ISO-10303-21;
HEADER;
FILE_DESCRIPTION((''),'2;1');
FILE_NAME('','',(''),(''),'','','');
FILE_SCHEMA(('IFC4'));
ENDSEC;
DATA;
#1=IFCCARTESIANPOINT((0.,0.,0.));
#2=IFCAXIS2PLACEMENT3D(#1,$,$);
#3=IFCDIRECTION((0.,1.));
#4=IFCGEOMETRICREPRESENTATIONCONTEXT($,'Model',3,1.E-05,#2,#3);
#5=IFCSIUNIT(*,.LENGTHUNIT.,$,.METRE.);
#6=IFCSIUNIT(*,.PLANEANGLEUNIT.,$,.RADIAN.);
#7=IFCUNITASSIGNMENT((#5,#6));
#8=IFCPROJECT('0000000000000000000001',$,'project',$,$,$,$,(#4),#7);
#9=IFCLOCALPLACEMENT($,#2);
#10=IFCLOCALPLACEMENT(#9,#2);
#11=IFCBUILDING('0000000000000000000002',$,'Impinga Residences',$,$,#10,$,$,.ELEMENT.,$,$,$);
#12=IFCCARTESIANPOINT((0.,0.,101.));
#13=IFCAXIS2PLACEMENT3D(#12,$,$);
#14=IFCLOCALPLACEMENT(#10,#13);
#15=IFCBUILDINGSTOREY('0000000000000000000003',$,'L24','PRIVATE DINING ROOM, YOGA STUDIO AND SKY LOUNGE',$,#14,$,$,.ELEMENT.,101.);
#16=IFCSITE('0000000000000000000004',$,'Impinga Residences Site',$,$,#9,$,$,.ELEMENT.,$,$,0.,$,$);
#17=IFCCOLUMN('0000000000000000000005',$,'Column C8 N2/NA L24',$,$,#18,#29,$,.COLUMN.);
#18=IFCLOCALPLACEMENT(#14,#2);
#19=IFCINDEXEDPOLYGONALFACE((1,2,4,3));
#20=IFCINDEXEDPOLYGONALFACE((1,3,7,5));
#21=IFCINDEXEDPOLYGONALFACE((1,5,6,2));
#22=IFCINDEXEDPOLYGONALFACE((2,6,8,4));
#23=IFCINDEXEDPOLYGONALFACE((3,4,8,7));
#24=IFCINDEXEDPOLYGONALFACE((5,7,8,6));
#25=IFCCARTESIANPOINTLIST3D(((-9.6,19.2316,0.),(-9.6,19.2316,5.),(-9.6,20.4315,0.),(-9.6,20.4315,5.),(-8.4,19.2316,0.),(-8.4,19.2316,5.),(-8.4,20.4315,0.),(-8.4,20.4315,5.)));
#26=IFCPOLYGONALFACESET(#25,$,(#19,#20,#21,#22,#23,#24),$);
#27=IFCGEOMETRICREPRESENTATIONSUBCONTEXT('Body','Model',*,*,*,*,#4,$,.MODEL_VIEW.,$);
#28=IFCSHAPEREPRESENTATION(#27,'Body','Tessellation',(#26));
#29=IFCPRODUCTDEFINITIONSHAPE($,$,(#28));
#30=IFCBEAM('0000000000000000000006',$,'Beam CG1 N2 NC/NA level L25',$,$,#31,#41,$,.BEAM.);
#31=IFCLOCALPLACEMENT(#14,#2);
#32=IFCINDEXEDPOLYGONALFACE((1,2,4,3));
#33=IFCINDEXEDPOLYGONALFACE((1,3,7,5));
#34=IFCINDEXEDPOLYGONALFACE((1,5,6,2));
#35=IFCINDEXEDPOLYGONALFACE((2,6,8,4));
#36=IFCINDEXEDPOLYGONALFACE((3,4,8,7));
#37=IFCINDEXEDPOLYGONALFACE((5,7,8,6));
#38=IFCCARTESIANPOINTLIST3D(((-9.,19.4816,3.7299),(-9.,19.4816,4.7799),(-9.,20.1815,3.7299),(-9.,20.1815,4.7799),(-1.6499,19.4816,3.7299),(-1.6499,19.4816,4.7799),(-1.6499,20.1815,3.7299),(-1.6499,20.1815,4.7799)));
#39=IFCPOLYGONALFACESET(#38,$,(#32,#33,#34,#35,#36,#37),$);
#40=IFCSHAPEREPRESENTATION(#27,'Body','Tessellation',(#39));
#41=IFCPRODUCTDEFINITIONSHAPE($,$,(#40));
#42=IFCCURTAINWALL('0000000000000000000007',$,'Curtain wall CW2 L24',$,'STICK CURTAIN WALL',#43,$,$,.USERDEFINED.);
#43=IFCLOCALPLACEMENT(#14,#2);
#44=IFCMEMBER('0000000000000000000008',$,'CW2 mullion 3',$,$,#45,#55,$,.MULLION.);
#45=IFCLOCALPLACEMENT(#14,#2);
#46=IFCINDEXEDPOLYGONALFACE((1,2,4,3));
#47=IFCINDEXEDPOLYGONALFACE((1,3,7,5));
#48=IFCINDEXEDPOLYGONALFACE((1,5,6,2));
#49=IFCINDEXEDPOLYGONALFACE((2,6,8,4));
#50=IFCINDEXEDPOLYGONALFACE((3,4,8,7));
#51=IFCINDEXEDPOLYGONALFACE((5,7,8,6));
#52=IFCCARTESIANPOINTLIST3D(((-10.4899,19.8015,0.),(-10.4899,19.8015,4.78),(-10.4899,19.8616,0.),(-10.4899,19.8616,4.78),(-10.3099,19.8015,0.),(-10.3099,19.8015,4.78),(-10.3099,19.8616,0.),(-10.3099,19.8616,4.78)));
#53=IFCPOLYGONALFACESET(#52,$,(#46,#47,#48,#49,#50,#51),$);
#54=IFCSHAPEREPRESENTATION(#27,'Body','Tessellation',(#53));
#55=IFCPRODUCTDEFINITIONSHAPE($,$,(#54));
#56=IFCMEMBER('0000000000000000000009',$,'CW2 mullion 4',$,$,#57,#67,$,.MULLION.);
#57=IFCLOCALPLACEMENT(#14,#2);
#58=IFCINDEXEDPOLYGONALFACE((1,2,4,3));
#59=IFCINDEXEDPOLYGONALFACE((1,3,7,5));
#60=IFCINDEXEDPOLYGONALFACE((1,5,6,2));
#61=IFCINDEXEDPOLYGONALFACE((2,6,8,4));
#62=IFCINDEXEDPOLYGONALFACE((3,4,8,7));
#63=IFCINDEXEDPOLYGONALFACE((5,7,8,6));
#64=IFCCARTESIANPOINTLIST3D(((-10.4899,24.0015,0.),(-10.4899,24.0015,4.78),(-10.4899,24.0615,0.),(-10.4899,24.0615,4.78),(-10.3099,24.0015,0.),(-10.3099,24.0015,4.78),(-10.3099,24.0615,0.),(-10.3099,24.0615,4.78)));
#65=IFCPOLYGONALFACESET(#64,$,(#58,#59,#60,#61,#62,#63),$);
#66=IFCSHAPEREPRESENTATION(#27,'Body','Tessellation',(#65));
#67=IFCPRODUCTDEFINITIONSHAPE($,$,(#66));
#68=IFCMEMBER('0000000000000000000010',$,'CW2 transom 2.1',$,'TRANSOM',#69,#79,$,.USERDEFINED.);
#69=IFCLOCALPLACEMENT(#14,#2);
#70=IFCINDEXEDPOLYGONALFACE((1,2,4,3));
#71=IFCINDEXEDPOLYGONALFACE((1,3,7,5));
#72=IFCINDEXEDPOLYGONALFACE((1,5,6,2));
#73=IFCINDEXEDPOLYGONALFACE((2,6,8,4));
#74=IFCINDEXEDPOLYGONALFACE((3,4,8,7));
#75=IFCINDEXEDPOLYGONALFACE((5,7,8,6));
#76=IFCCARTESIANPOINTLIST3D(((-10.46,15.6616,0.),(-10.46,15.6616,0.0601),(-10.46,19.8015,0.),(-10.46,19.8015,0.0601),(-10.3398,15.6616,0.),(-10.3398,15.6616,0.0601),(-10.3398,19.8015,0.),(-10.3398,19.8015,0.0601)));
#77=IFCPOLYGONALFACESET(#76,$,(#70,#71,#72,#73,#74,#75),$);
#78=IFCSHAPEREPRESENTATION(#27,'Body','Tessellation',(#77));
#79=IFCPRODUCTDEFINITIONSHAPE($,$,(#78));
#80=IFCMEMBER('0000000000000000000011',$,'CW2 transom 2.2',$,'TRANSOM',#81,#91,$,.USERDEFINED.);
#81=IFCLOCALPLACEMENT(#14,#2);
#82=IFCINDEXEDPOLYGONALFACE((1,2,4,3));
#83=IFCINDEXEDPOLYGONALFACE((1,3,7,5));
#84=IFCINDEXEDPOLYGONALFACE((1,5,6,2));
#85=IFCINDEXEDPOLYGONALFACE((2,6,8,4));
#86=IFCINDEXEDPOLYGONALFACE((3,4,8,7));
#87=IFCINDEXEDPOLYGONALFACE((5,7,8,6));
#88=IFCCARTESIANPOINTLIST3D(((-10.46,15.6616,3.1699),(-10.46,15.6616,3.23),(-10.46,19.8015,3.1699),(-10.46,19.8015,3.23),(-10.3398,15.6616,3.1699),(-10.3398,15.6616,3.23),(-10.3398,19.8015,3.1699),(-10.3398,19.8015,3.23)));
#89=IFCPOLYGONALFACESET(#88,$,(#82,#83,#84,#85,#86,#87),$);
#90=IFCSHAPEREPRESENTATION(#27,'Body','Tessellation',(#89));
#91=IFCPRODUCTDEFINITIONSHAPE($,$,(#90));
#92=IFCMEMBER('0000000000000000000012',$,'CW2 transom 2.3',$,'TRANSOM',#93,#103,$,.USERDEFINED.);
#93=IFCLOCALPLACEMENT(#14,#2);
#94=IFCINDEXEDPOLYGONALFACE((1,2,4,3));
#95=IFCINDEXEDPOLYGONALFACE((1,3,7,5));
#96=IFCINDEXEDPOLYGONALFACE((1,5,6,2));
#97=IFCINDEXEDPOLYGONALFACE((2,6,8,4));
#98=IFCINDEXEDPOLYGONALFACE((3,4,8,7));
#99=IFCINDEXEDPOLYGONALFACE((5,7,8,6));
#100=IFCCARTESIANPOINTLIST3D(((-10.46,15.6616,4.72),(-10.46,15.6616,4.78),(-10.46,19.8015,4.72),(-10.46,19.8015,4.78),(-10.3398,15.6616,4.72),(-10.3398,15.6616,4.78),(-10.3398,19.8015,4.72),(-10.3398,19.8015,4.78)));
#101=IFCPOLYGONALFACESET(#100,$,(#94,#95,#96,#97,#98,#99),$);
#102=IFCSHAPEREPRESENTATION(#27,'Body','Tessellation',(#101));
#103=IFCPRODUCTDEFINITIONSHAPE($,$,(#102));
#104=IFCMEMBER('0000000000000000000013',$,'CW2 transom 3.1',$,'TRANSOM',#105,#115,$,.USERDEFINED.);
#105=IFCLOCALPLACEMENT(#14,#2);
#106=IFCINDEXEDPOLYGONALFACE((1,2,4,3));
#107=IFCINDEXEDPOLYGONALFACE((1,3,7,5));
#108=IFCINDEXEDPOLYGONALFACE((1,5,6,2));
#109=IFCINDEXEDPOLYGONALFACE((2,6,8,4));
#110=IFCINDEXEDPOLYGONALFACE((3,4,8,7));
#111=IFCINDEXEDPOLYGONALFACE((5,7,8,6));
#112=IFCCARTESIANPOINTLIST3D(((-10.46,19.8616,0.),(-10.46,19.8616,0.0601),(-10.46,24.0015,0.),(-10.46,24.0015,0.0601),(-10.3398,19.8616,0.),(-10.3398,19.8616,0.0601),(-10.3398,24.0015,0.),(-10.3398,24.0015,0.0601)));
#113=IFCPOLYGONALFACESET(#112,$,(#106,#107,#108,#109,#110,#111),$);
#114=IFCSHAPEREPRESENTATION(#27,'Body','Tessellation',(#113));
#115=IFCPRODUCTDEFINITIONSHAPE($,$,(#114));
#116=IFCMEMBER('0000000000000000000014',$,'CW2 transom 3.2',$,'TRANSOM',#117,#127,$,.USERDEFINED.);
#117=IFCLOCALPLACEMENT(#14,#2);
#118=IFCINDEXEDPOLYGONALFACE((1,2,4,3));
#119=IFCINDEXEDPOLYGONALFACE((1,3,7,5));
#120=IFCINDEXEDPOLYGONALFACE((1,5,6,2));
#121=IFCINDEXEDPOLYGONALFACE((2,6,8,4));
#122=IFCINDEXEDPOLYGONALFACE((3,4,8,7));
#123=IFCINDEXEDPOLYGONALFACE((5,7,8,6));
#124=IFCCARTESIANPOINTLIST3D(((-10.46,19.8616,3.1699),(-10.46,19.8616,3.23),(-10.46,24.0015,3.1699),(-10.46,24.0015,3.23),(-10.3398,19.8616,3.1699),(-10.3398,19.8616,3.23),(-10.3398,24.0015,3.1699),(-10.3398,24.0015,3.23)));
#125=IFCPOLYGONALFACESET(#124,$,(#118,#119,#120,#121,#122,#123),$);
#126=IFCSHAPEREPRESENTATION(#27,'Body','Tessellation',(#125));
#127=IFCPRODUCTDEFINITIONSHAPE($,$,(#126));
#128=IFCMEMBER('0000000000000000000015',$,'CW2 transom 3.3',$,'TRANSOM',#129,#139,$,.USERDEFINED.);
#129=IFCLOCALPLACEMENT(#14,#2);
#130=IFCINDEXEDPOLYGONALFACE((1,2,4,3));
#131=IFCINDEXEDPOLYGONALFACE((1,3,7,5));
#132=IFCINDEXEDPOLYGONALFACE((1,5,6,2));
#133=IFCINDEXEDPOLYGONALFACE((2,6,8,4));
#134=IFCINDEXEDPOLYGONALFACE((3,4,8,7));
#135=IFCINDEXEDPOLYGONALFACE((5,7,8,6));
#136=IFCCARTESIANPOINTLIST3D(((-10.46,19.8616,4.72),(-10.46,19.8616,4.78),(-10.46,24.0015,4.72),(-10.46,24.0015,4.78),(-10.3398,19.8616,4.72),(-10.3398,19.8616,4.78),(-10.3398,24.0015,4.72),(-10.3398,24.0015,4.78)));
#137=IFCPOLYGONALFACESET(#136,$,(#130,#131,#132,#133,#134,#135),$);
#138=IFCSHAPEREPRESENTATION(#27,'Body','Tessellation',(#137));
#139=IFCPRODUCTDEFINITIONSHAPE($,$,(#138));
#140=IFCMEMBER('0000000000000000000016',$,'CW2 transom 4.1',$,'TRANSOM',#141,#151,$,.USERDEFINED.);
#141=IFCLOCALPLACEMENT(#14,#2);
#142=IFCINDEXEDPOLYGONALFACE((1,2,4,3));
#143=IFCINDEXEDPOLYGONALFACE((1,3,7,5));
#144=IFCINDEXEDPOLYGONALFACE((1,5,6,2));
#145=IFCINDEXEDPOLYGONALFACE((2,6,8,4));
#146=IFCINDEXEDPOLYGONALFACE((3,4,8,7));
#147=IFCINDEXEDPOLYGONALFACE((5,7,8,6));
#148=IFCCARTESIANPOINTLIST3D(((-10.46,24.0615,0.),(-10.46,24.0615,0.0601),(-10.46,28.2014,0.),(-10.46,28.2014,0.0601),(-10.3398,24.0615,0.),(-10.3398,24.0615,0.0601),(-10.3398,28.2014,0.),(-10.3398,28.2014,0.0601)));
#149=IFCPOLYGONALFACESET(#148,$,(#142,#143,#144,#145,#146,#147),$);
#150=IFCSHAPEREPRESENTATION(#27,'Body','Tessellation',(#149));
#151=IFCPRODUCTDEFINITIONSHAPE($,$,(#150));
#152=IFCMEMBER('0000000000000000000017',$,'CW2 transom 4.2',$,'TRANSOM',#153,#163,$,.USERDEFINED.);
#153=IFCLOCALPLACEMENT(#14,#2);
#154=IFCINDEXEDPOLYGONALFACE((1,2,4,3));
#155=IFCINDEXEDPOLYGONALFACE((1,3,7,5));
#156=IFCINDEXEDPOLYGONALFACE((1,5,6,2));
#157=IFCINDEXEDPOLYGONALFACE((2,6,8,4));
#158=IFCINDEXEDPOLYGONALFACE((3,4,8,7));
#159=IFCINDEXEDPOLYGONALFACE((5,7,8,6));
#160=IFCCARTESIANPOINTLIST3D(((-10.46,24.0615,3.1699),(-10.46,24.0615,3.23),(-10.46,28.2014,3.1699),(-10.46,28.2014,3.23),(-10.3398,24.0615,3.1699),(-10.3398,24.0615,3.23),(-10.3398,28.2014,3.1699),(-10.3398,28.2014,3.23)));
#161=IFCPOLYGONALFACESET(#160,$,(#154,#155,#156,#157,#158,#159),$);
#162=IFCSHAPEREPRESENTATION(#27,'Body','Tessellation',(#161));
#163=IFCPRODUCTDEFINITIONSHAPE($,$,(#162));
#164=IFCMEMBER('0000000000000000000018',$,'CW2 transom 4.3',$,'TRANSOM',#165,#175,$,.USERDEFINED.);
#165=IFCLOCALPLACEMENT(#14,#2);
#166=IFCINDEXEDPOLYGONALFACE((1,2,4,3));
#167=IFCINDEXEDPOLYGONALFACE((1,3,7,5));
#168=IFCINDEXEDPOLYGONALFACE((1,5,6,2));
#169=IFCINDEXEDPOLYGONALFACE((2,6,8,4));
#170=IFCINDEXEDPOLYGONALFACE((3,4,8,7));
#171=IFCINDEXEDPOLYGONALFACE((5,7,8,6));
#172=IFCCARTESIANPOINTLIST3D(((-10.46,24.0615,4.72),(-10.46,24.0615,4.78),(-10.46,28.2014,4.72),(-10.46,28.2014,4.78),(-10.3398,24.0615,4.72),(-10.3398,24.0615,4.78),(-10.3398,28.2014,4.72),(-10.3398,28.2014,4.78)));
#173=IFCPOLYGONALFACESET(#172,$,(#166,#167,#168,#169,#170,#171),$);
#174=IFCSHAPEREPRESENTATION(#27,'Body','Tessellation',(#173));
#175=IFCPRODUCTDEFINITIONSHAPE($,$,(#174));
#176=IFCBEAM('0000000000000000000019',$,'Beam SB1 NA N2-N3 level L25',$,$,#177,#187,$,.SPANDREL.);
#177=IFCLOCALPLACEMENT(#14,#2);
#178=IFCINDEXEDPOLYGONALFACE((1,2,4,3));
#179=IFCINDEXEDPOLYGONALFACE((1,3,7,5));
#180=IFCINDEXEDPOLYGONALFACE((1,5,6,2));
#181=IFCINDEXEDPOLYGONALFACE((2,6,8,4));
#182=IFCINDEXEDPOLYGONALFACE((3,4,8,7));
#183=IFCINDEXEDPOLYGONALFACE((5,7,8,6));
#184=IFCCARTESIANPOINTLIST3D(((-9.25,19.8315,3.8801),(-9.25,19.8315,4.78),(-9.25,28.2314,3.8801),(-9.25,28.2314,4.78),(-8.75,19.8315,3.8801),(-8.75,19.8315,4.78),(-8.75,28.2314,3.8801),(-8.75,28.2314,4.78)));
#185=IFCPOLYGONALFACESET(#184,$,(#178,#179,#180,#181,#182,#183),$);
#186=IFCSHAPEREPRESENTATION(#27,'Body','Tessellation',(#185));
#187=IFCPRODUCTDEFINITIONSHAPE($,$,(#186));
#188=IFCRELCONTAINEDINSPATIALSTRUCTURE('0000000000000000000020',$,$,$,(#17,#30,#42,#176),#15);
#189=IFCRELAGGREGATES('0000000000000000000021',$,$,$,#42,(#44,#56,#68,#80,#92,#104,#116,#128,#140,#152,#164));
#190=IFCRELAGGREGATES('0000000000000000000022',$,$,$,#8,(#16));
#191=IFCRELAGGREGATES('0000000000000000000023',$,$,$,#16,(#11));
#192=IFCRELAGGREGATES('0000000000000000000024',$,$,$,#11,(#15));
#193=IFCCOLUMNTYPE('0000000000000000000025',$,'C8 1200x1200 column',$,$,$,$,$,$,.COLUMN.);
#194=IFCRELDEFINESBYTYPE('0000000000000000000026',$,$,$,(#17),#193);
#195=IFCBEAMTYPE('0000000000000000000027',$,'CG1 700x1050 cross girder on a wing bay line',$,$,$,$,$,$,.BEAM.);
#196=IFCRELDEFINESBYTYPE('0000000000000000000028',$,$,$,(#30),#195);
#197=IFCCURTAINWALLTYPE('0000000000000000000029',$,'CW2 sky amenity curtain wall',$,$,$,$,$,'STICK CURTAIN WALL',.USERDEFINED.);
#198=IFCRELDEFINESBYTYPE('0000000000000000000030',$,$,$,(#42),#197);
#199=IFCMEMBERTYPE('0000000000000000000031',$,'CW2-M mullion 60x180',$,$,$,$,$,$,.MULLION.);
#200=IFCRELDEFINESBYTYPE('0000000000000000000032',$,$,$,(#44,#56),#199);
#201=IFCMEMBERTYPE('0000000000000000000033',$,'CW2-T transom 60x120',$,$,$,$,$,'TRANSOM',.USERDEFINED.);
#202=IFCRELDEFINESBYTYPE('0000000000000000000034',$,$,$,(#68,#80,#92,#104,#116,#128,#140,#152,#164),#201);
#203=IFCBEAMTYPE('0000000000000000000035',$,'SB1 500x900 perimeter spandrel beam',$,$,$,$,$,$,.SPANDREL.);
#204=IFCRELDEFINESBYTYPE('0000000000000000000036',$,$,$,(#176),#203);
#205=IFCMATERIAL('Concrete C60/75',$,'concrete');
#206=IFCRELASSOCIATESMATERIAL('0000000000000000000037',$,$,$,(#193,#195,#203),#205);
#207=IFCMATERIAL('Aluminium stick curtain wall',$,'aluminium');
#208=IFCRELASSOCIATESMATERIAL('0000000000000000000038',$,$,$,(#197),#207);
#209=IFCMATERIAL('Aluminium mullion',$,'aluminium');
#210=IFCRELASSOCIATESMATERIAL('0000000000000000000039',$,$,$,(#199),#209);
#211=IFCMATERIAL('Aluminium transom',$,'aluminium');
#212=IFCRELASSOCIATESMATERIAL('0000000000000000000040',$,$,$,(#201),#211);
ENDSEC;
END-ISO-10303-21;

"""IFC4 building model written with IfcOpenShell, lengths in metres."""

from ifc_helpers import new_model, si_unit, direction, frame, origin, origin_2d, place, context, subcontext, project, spatial, rectangle, extrude, material, material_profile, profile_set, type_object, element, aggregate, save


model = new_model("IFC4")

# Units and contexts
model_context = context("Model", 3, precision=1e-05, world=origin(), true_north=direction((0.0, 1.0)))
body_context = subcontext(model_context, "Body", "Model", "MODEL_VIEW")
ifc_project = project(units=[si_unit("LENGTHUNIT", "METRE"), si_unit("PLANEANGLEUNIT", "RADIAN")], contexts=[model_context])

# Site, building, storey
site_placement = place(None, origin())
site = spatial("IfcSite", under=ifc_project, at=site_placement, Name="Impinga Residences Site", CompositionType="ELEMENT", RefElevation=0.0)
building_placement = place(site_placement, origin())
building = spatial("IfcBuilding", under=site, at=building_placement, Name="Impinga Residences", CompositionType="ELEMENT")
storey_placement = place(building_placement, frame((0.0, 0.0, 101.0)))
storey = spatial("IfcBuildingStorey", under=building, at=storey_placement, Name="L24", Description="PRIVATE DINING ROOM, YOGA STUDIO AND SKY LOUNGE", CompositionType="ELEMENT", Elevation=101.0)

# Column
ifc_material_1 = material(Name="Concrete C60/75", Category="concrete")
ifc_material_profile_1 = material_profile(ifc_material_1, rectangle(XDim=1.2, YDim=1.2, at=origin_2d()), Name="RC 1200x1200")
ifc_profile_set_1 = profile_set([ifc_material_profile_1], Name="Concrete C60/75")
column_type = type_object("IfcColumnType", Name="C8 1200x1200 column", PredefinedType="COLUMN", material=ifc_profile_set_1)
column_placement = place(storey_placement, frame((-9.0, 19.8315, 0.0), z_axis=(0.0, 0.0, 1.0), x_axis=(1.0, 0.0, 0.0)))
element("IfcColumn", 1, at=column_placement, inside=storey, type_object=column_type, Name="Column C8 N2/NA L24", PredefinedType="COLUMN", context=body_context, shape_type="SweptSolid", body=[
    extrude(rectangle(XDim=1.2, YDim=1.2, at=origin_2d()), origin(), (0.0, 0.0, 1.0), 5.0),
])

# Beam
ifc_material_profile_2 = material_profile(ifc_material_1, rectangle(XDim=0.7, YDim=1.05, at=origin_2d()), Name="RC 700x1050")
ifc_profile_set_2 = profile_set([ifc_material_profile_2], Name="Concrete C60/75")
beam_type_1 = type_object("IfcBeamType", Name="CG1 700x1050 cross girder on a wing bay line", PredefinedType="BEAM", material=ifc_profile_set_2)
beam_1_placement = place(storey_placement, frame((-1.6499, 19.8315, 4.2549), z_axis=(-1.0, 0.0, 0.0), x_axis=(0.0, -1.0, 0.0)))
element("IfcBeam", 2, at=beam_1_placement, inside=storey, type_object=beam_type_1, Name="Beam CG1 N2 NC/NA level L25", PredefinedType="BEAM", context=body_context, shape_type="SweptSolid", body=[
    extrude(rectangle(XDim=0.7, YDim=1.05, at=origin_2d()), origin(), (0.0, 0.0, 1.0), 7.3501),
])

# Curtain wall, members
ifc_material_2 = material(Name="Aluminium stick curtain wall", Category="aluminium")
curtain_wall_type = type_object("IfcCurtainWallType", Name="CW2 sky amenity curtain wall", ElementType="STICK CURTAIN WALL", PredefinedType="USERDEFINED", material=ifc_material_2)
curtain_wall_placement = place(storey_placement, origin())
curtain_wall = element("IfcCurtainWall", 3, at=curtain_wall_placement, inside=storey, type_object=curtain_wall_type, Name="Curtain wall CW2 L24", ObjectType="STICK CURTAIN WALL", PredefinedType="USERDEFINED")
ifc_material_3 = material(Name="Aluminium mullion", Category="aluminium")
ifc_material_profile_3 = material_profile(ifc_material_3, rectangle(XDim=0.0601, YDim=0.1799, at=origin_2d()), Name="60x180 mullion")
ifc_profile_set_3 = profile_set([ifc_material_profile_3], Name="Aluminium mullion")
member_type_1 = type_object("IfcMemberType", Name="CW2-M mullion 60x180", PredefinedType="MULLION", material=ifc_profile_set_3)
member_1_placement = place(storey_placement, frame((-10.3999, 19.8315, 0.0), z_axis=(0.0, 0.0, 1.0), x_axis=(0.0, 1.0, 0.0)))
member_1 = element("IfcMember", 4, at=member_1_placement, type_object=member_type_1, Name="CW2 mullion 3", PredefinedType="MULLION", context=body_context, shape_type="SweptSolid", body=[
    extrude(rectangle(XDim=0.0601, YDim=0.1799, at=origin_2d()), origin(), (0.0, 0.0, 1.0), 4.78),
])
member_2_placement = place(storey_placement, frame((-10.3999, 24.0315, 0.0), z_axis=(0.0, 0.0, 1.0), x_axis=(0.0, 1.0, 0.0)))
member_2 = element("IfcMember", 5, at=member_2_placement, type_object=member_type_1, Name="CW2 mullion 4", PredefinedType="MULLION", context=body_context, shape_type="SweptSolid", body=[
    extrude(rectangle(XDim=0.0601, YDim=0.1799, at=origin_2d()), origin(), (0.0, 0.0, 1.0), 4.78),
])
ifc_material_4 = material(Name="Aluminium transom", Category="aluminium")
ifc_material_profile_4 = material_profile(ifc_material_4, rectangle(XDim=0.0601, YDim=0.1201, at=origin_2d()), Name="60x120 transom")
ifc_profile_set_4 = profile_set([ifc_material_profile_4], Name="Aluminium transom")
member_type_2 = type_object("IfcMemberType", Name="CW2-T transom 60x120", ElementType="TRANSOM", PredefinedType="USERDEFINED", material=ifc_profile_set_4)
member_3_placement = place(storey_placement, frame((-10.3999, 15.6616, 0.03), z_axis=(0.0, 1.0, 0.0), x_axis=(0.0, 0.0, 1.0)))
member_3 = element("IfcMember", 6, at=member_3_placement, type_object=member_type_2, Name="CW2 transom 2.1", ObjectType="TRANSOM", PredefinedType="USERDEFINED", context=body_context, shape_type="SweptSolid", body=[
    extrude(rectangle(XDim=0.0601, YDim=0.1201, at=origin_2d()), origin(), (0.0, 0.0, 1.0), 4.1399),
])
member_4_placement = place(storey_placement, frame((-10.3999, 15.6616, 3.2), z_axis=(0.0, 1.0, 0.0), x_axis=(0.0, 0.0, 1.0)))
member_4 = element("IfcMember", 7, at=member_4_placement, type_object=member_type_2, Name="CW2 transom 2.2", ObjectType="TRANSOM", PredefinedType="USERDEFINED", context=body_context, shape_type="SweptSolid", body=[
    extrude(rectangle(XDim=0.0601, YDim=0.1201, at=origin_2d()), origin(), (0.0, 0.0, 1.0), 4.1399),
])
member_5_placement = place(storey_placement, frame((-10.3999, 15.6616, 4.75), z_axis=(0.0, 1.0, 0.0), x_axis=(0.0, 0.0, 1.0)))
member_5 = element("IfcMember", 8, at=member_5_placement, type_object=member_type_2, Name="CW2 transom 2.3", ObjectType="TRANSOM", PredefinedType="USERDEFINED", context=body_context, shape_type="SweptSolid", body=[
    extrude(rectangle(XDim=0.0601, YDim=0.1201, at=origin_2d()), origin(), (0.0, 0.0, 1.0), 4.1399),
])
member_6_placement = place(storey_placement, frame((-10.3999, 19.8616, 0.03), z_axis=(0.0, 1.0, 0.0), x_axis=(0.0, 0.0, 1.0)))
member_6 = element("IfcMember", 9, at=member_6_placement, type_object=member_type_2, Name="CW2 transom 3.1", ObjectType="TRANSOM", PredefinedType="USERDEFINED", context=body_context, shape_type="SweptSolid", body=[
    extrude(rectangle(XDim=0.0601, YDim=0.1201, at=origin_2d()), origin(), (0.0, 0.0, 1.0), 4.1399),
])
member_7_placement = place(storey_placement, frame((-10.3999, 19.8616, 3.2), z_axis=(0.0, 1.0, 0.0), x_axis=(0.0, 0.0, 1.0)))
member_7 = element("IfcMember", 10, at=member_7_placement, type_object=member_type_2, Name="CW2 transom 3.2", ObjectType="TRANSOM", PredefinedType="USERDEFINED", context=body_context, shape_type="SweptSolid", body=[
    extrude(rectangle(XDim=0.0601, YDim=0.1201, at=origin_2d()), origin(), (0.0, 0.0, 1.0), 4.1399),
])
member_8_placement = place(storey_placement, frame((-10.3999, 19.8616, 4.75), z_axis=(0.0, 1.0, 0.0), x_axis=(0.0, 0.0, 1.0)))
member_8 = element("IfcMember", 11, at=member_8_placement, type_object=member_type_2, Name="CW2 transom 3.3", ObjectType="TRANSOM", PredefinedType="USERDEFINED", context=body_context, shape_type="SweptSolid", body=[
    extrude(rectangle(XDim=0.0601, YDim=0.1201, at=origin_2d()), origin(), (0.0, 0.0, 1.0), 4.1399),
])
member_9_placement = place(storey_placement, frame((-10.3999, 24.0615, 0.03), z_axis=(0.0, 1.0, 0.0), x_axis=(0.0, 0.0, 1.0)))
member_9 = element("IfcMember", 12, at=member_9_placement, type_object=member_type_2, Name="CW2 transom 4.1", ObjectType="TRANSOM", PredefinedType="USERDEFINED", context=body_context, shape_type="SweptSolid", body=[
    extrude(rectangle(XDim=0.0601, YDim=0.1201, at=origin_2d()), origin(), (0.0, 0.0, 1.0), 4.1399),
])
member_10_placement = place(storey_placement, frame((-10.3999, 24.0615, 3.2), z_axis=(0.0, 1.0, 0.0), x_axis=(0.0, 0.0, 1.0)))
member_10 = element("IfcMember", 13, at=member_10_placement, type_object=member_type_2, Name="CW2 transom 4.2", ObjectType="TRANSOM", PredefinedType="USERDEFINED", context=body_context, shape_type="SweptSolid", body=[
    extrude(rectangle(XDim=0.0601, YDim=0.1201, at=origin_2d()), origin(), (0.0, 0.0, 1.0), 4.1399),
])
member_11_placement = place(storey_placement, frame((-10.3999, 24.0615, 4.75), z_axis=(0.0, 1.0, 0.0), x_axis=(0.0, 0.0, 1.0)))
member_11 = element("IfcMember", 14, at=member_11_placement, type_object=member_type_2, Name="CW2 transom 4.3", ObjectType="TRANSOM", PredefinedType="USERDEFINED", context=body_context, shape_type="SweptSolid", body=[
    extrude(rectangle(XDim=0.0601, YDim=0.1201, at=origin_2d()), origin(), (0.0, 0.0, 1.0), 4.1399),
])

# Beam
ifc_material_profile_5 = material_profile(ifc_material_1, rectangle(XDim=0.5, YDim=0.8999, at=origin_2d()), Name="RC 500x900")
ifc_profile_set_5 = profile_set([ifc_material_profile_5], Name="Concrete C60/75")
beam_type_2 = type_object("IfcBeamType", Name="SB1 500x900 perimeter spandrel beam", PredefinedType="SPANDREL", material=ifc_profile_set_5)
beam_2_placement = place(storey_placement, frame((-9.0, 19.8315, 4.3301), z_axis=(0.0, 1.0, 0.0), x_axis=(-1.0, 0.0, 0.0)))
element("IfcBeam", 15, at=beam_2_placement, inside=storey, type_object=beam_type_2, Name="Beam SB1 NA N2-N3 level L25", PredefinedType="SPANDREL", context=body_context, shape_type="SweptSolid", body=[
    extrude(rectangle(XDim=0.5, YDim=0.8999, at=origin_2d()), origin(), (0.0, 0.0, 1.0), 8.3999),
])

aggregate(curtain_wall, [member_1, member_2, member_3, member_4, member_5, member_6, member_7, member_8, member_9, member_10, member_11])

save(model, "model.ifc")
